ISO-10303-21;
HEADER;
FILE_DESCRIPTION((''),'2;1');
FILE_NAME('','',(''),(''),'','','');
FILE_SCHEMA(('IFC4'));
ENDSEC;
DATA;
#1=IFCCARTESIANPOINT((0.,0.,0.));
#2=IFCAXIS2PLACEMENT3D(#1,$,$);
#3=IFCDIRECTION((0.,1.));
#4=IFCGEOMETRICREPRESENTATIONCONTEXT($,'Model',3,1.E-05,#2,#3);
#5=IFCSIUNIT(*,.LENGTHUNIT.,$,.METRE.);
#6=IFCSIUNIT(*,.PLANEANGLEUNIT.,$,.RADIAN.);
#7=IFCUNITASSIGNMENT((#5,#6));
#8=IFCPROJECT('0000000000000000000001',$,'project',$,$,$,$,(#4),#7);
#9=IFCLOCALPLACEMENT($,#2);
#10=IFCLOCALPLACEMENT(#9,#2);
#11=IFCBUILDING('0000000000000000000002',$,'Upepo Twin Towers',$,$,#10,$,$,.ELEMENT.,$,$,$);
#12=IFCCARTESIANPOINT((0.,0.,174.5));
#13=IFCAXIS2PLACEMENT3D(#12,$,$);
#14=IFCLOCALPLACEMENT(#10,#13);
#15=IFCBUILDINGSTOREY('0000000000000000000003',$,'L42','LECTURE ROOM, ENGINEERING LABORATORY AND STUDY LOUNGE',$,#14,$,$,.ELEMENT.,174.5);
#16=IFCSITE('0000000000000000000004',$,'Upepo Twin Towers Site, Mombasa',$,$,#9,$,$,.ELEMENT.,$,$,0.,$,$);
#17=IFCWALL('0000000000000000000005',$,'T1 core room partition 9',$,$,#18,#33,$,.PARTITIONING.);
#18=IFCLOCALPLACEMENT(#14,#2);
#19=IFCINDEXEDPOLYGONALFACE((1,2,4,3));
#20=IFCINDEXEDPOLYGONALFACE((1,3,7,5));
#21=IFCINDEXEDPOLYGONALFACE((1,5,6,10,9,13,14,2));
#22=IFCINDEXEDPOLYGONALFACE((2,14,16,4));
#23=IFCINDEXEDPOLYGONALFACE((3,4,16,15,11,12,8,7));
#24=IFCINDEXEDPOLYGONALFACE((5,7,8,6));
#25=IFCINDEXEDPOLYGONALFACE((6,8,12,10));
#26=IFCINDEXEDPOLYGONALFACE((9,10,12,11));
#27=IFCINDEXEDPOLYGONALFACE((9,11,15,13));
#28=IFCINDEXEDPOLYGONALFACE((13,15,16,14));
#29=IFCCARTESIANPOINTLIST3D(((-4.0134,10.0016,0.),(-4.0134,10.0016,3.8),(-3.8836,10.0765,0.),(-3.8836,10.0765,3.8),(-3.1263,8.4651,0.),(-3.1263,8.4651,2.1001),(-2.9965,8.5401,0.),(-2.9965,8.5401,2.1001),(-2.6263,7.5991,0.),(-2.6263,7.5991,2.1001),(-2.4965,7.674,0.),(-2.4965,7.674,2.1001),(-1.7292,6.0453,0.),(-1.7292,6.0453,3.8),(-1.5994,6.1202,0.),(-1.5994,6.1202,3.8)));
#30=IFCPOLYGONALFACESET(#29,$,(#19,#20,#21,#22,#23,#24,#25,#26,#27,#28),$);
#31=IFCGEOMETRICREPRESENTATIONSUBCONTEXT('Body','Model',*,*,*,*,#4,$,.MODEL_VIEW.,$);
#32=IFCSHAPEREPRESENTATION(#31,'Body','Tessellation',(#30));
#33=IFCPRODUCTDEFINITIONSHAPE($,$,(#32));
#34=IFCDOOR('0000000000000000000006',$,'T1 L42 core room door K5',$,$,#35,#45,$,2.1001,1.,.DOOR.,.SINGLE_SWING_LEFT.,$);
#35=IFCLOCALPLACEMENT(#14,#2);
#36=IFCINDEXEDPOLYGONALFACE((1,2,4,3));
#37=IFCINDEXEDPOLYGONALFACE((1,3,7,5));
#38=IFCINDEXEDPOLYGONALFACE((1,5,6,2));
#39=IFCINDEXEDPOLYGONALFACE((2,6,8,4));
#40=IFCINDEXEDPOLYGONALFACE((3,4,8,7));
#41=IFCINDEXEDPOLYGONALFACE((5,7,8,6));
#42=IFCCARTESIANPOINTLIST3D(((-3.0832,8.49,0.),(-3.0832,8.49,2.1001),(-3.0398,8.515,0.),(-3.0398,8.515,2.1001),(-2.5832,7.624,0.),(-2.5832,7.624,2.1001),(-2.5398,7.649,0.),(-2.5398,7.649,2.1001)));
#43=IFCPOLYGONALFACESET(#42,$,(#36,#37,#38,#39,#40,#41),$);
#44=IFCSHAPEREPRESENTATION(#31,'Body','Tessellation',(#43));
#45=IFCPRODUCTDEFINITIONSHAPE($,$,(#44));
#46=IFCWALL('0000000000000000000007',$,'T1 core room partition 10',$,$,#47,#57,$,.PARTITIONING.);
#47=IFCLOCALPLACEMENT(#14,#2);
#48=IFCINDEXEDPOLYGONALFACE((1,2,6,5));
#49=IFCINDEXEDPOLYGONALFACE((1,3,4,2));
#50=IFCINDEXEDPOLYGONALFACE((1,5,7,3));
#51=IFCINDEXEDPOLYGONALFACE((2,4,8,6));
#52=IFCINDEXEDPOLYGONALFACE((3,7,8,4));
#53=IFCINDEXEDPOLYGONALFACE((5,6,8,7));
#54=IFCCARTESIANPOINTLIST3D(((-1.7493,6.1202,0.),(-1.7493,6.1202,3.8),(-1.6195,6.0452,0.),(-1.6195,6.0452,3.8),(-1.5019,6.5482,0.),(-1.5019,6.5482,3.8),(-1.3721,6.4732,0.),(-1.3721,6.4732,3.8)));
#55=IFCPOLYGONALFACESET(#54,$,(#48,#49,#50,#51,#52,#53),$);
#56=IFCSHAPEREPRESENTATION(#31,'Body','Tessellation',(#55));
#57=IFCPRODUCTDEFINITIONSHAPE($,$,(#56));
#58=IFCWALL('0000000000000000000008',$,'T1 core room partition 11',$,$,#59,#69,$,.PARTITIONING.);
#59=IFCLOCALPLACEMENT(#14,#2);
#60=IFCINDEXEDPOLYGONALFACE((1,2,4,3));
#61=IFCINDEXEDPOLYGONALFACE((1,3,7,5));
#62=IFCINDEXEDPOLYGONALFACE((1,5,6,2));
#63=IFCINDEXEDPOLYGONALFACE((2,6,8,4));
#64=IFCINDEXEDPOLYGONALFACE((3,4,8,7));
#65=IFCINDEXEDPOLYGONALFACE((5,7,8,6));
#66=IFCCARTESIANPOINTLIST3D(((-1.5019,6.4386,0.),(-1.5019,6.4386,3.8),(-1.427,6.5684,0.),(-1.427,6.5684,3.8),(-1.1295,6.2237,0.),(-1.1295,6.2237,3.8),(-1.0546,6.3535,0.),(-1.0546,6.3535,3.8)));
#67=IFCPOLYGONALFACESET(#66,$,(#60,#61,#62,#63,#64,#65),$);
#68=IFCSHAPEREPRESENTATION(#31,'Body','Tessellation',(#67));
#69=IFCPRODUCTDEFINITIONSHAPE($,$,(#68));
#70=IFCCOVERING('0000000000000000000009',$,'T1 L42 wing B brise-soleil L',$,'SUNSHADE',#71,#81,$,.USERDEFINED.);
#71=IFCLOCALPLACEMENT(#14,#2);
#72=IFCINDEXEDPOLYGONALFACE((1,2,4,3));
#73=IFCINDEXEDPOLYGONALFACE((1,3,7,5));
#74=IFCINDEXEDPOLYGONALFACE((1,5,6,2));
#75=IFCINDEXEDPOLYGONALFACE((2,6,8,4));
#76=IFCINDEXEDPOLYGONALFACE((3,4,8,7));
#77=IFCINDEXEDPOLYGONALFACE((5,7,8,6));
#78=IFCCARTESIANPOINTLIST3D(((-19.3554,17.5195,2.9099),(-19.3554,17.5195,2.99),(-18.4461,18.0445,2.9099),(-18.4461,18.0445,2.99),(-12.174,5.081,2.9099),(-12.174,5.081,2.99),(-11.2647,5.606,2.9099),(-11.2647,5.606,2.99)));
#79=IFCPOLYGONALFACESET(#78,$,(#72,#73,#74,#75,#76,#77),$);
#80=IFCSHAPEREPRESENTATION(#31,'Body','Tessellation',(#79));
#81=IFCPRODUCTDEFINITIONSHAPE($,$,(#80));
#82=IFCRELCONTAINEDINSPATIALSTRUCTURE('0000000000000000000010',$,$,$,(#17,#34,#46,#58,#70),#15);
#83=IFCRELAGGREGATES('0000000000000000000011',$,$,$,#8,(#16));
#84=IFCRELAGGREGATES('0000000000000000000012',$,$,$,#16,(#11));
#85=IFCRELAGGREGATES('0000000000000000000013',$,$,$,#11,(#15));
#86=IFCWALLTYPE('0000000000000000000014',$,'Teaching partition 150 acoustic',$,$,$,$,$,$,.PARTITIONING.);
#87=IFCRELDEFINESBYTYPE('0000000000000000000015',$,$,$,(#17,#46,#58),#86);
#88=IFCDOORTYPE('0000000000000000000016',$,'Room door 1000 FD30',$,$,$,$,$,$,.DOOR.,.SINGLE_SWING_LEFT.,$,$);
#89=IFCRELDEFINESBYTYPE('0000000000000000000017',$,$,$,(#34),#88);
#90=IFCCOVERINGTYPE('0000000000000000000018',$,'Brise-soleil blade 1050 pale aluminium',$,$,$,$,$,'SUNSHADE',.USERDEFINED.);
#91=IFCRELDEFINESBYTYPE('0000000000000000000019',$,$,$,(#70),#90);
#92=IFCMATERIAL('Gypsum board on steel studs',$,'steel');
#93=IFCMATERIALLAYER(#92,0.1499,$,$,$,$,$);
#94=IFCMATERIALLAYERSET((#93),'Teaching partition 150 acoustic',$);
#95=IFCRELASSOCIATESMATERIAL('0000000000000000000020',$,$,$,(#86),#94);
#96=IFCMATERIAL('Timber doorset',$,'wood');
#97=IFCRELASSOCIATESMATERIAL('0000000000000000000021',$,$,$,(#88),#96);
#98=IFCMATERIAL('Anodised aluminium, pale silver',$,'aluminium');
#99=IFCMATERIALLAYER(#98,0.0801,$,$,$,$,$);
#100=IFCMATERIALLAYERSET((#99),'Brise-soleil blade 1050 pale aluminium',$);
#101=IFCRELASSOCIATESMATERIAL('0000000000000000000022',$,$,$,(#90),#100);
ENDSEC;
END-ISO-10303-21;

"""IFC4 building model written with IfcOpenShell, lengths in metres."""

from ifc_helpers import new_model, si_unit, direction, frame, frame_2d, origin, origin_2d, place, context, subcontext, project, spatial, rectangle, extrude, material, layer, layer_set, type_object, element, fill, save


model = new_model("IFC4")

# Units and contexts
model_context = context("Model", 3, precision=1e-05, world=origin(), true_north=direction((0.0, 1.0)))
body_context = subcontext(model_context, "Body", "Model", "MODEL_VIEW")
ifc_project = project(units=[si_unit("LENGTHUNIT", "METRE"), si_unit("PLANEANGLEUNIT", "RADIAN")], contexts=[model_context])

# Site, building, storey
site_placement = place(None, origin())
site = spatial("IfcSite", under=ifc_project, at=site_placement, Name="Upepo Twin Towers Site, Mombasa", CompositionType="ELEMENT", RefElevation=0.0)
building_placement = place(site_placement, origin())
building = spatial("IfcBuilding", under=site, at=building_placement, Name="Upepo Twin Towers", CompositionType="ELEMENT")
storey_placement = place(building_placement, frame((0.0, 0.0, 174.5)))
storey = spatial("IfcBuildingStorey", under=building, at=storey_placement, Name="L42", Description="LECTURE ROOM, ENGINEERING LABORATORY AND STUDY LOUNGE", CompositionType="ELEMENT", Elevation=174.5)

# Wall, opening, door
ifc_material_1 = material(Name="Gypsum board on steel studs", Category="steel")
ifc_layer_1 = layer(ifc_material_1, 0.1499)
ifc_layer_set_1 = layer_set([ifc_layer_1], Name="Teaching partition 150 acoustic")
wall_type_1 = type_object("IfcWallType", Name="Teaching partition 150 acoustic", PredefinedType="PARTITIONING", material=ifc_layer_set_1)
wall_1_placement = place(storey_placement, frame((-3.9485, 10.0391, 0.0), z_axis=(0.0, 0.0, 1.0), x_axis=(0.500002, -0.866025, 0.0)))
wall_1 = element("IfcWall", 1, at=wall_1_placement, inside=storey, type_object=wall_type_1, Name="T1 core room partition 9", PredefinedType="PARTITIONING", context=body_context, shape_type="SweptSolid", body=[
    extrude(rectangle(XDim=4.5684, YDim=0.1499, at=frame_2d((2.2842, 0.0))), origin(), (0.0, 0.0, 1.0), 3.8),
])
opening_1_placement = place(wall_1_placement, frame((1.7742, 0.0, 0.0)))
opening_1 = element("IfcOpeningElement", 2, at=opening_1_placement, cuts=wall_1, PredefinedType="OPENING", context=body_context, shape_type="SweptSolid", body=[
    extrude(rectangle(XDim=1.0, YDim=2.1001, at=frame_2d((0.5, 1.05))), frame((0.0, 0.085, 0.0), z_axis=(0.0, -1.0, 0.0), x_axis=(1.0, 0.0, 0.0)), (0.0, 0.0, 1.0), 0.1699),
])
ifc_material_2 = material(Name="Timber doorset", Category="wood")
door_type_1 = type_object("IfcDoorType", Name="Room door 1000 FD30", OperationType="SINGLE_SWING_LEFT", PredefinedType="DOOR", material=ifc_material_2)
door_1_placement = place(opening_1_placement, origin())
door_1 = element("IfcDoor", 3, at=door_1_placement, inside=storey, type_object=door_type_1, Name="T1 L42 core room door K5", OperationType="SINGLE_SWING_LEFT", OverallHeight=2.1001, OverallWidth=1.0, PredefinedType="DOOR", context=body_context, shape_type="SweptSolid", body=[
    extrude(rectangle(XDim=1.0, YDim=2.1001, at=frame_2d((0.5, 1.05))), frame((0.0, 0.0249, 0.0), z_axis=(0.0, -1.0, 0.0), x_axis=(1.0, 0.0, 0.0)), (0.0, 0.0, 1.0), 0.05),
])
fill(opening_1, door_1)

# Walls
wall_2_placement = place(storey_placement, frame((-1.6843, 6.0828, 0.0), z_axis=(0.0, 0.0, 1.0), x_axis=(0.500335, 0.865832, 0.0)))
element("IfcWall", 4, at=wall_2_placement, inside=storey, type_object=wall_type_1, Name="T1 core room partition 10", PredefinedType="PARTITIONING", context=body_context, shape_type="SweptSolid", body=[
    extrude(rectangle(XDim=0.4944, YDim=0.1499, at=frame_2d((0.2471, 0.0))), origin(), (0.0, 0.0, 1.0), 3.8),
])
wall_3_placement = place(storey_placement, frame((-1.4644, 6.5034, 0.0), z_axis=(0.0, 0.0, 1.0), x_axis=(0.866138, -0.499804, 0.0)))
element("IfcWall", 5, at=wall_3_placement, inside=storey, type_object=wall_type_1, Name="T1 core room partition 11", PredefinedType="PARTITIONING", context=body_context, shape_type="SweptSolid", body=[
    extrude(rectangle(XDim=0.4299, YDim=0.1499, at=frame_2d((0.2148, 0.0))), origin(), (0.0, 0.0, 1.0), 3.8),
])

# Covering
ifc_material_3 = material(Name="Anodised aluminium, pale silver", Category="aluminium")
ifc_layer_2 = layer(ifc_material_3, 0.0801)
ifc_layer_set_2 = layer_set([ifc_layer_2], Name="Brise-soleil blade 1050 pale aluminium")
covering_type = type_object("IfcCoveringType", Name="Brise-soleil blade 1050 pale aluminium", ElementType="SUNSHADE", PredefinedType="USERDEFINED", material=ifc_layer_set_2)
covering_placement = place(storey_placement, frame((-15.3101, 11.5627, 2.9099), z_axis=(0.0, 0.0, 1.0), x_axis=(-0.5, 0.866025, 0.0)))
element("IfcCovering", 6, at=covering_placement, inside=storey, type_object=covering_type, Name="T1 L42 wing B brise-soleil L", ObjectType="SUNSHADE", PredefinedType="USERDEFINED", context=body_context, shape_type="SweptSolid", body=[
    extrude(rectangle(XDim=14.3628, YDim=1.05, at=origin_2d()), origin(), (0.0, 0.0, 1.0), 0.0801),
])

save(model, "model.ifc")
